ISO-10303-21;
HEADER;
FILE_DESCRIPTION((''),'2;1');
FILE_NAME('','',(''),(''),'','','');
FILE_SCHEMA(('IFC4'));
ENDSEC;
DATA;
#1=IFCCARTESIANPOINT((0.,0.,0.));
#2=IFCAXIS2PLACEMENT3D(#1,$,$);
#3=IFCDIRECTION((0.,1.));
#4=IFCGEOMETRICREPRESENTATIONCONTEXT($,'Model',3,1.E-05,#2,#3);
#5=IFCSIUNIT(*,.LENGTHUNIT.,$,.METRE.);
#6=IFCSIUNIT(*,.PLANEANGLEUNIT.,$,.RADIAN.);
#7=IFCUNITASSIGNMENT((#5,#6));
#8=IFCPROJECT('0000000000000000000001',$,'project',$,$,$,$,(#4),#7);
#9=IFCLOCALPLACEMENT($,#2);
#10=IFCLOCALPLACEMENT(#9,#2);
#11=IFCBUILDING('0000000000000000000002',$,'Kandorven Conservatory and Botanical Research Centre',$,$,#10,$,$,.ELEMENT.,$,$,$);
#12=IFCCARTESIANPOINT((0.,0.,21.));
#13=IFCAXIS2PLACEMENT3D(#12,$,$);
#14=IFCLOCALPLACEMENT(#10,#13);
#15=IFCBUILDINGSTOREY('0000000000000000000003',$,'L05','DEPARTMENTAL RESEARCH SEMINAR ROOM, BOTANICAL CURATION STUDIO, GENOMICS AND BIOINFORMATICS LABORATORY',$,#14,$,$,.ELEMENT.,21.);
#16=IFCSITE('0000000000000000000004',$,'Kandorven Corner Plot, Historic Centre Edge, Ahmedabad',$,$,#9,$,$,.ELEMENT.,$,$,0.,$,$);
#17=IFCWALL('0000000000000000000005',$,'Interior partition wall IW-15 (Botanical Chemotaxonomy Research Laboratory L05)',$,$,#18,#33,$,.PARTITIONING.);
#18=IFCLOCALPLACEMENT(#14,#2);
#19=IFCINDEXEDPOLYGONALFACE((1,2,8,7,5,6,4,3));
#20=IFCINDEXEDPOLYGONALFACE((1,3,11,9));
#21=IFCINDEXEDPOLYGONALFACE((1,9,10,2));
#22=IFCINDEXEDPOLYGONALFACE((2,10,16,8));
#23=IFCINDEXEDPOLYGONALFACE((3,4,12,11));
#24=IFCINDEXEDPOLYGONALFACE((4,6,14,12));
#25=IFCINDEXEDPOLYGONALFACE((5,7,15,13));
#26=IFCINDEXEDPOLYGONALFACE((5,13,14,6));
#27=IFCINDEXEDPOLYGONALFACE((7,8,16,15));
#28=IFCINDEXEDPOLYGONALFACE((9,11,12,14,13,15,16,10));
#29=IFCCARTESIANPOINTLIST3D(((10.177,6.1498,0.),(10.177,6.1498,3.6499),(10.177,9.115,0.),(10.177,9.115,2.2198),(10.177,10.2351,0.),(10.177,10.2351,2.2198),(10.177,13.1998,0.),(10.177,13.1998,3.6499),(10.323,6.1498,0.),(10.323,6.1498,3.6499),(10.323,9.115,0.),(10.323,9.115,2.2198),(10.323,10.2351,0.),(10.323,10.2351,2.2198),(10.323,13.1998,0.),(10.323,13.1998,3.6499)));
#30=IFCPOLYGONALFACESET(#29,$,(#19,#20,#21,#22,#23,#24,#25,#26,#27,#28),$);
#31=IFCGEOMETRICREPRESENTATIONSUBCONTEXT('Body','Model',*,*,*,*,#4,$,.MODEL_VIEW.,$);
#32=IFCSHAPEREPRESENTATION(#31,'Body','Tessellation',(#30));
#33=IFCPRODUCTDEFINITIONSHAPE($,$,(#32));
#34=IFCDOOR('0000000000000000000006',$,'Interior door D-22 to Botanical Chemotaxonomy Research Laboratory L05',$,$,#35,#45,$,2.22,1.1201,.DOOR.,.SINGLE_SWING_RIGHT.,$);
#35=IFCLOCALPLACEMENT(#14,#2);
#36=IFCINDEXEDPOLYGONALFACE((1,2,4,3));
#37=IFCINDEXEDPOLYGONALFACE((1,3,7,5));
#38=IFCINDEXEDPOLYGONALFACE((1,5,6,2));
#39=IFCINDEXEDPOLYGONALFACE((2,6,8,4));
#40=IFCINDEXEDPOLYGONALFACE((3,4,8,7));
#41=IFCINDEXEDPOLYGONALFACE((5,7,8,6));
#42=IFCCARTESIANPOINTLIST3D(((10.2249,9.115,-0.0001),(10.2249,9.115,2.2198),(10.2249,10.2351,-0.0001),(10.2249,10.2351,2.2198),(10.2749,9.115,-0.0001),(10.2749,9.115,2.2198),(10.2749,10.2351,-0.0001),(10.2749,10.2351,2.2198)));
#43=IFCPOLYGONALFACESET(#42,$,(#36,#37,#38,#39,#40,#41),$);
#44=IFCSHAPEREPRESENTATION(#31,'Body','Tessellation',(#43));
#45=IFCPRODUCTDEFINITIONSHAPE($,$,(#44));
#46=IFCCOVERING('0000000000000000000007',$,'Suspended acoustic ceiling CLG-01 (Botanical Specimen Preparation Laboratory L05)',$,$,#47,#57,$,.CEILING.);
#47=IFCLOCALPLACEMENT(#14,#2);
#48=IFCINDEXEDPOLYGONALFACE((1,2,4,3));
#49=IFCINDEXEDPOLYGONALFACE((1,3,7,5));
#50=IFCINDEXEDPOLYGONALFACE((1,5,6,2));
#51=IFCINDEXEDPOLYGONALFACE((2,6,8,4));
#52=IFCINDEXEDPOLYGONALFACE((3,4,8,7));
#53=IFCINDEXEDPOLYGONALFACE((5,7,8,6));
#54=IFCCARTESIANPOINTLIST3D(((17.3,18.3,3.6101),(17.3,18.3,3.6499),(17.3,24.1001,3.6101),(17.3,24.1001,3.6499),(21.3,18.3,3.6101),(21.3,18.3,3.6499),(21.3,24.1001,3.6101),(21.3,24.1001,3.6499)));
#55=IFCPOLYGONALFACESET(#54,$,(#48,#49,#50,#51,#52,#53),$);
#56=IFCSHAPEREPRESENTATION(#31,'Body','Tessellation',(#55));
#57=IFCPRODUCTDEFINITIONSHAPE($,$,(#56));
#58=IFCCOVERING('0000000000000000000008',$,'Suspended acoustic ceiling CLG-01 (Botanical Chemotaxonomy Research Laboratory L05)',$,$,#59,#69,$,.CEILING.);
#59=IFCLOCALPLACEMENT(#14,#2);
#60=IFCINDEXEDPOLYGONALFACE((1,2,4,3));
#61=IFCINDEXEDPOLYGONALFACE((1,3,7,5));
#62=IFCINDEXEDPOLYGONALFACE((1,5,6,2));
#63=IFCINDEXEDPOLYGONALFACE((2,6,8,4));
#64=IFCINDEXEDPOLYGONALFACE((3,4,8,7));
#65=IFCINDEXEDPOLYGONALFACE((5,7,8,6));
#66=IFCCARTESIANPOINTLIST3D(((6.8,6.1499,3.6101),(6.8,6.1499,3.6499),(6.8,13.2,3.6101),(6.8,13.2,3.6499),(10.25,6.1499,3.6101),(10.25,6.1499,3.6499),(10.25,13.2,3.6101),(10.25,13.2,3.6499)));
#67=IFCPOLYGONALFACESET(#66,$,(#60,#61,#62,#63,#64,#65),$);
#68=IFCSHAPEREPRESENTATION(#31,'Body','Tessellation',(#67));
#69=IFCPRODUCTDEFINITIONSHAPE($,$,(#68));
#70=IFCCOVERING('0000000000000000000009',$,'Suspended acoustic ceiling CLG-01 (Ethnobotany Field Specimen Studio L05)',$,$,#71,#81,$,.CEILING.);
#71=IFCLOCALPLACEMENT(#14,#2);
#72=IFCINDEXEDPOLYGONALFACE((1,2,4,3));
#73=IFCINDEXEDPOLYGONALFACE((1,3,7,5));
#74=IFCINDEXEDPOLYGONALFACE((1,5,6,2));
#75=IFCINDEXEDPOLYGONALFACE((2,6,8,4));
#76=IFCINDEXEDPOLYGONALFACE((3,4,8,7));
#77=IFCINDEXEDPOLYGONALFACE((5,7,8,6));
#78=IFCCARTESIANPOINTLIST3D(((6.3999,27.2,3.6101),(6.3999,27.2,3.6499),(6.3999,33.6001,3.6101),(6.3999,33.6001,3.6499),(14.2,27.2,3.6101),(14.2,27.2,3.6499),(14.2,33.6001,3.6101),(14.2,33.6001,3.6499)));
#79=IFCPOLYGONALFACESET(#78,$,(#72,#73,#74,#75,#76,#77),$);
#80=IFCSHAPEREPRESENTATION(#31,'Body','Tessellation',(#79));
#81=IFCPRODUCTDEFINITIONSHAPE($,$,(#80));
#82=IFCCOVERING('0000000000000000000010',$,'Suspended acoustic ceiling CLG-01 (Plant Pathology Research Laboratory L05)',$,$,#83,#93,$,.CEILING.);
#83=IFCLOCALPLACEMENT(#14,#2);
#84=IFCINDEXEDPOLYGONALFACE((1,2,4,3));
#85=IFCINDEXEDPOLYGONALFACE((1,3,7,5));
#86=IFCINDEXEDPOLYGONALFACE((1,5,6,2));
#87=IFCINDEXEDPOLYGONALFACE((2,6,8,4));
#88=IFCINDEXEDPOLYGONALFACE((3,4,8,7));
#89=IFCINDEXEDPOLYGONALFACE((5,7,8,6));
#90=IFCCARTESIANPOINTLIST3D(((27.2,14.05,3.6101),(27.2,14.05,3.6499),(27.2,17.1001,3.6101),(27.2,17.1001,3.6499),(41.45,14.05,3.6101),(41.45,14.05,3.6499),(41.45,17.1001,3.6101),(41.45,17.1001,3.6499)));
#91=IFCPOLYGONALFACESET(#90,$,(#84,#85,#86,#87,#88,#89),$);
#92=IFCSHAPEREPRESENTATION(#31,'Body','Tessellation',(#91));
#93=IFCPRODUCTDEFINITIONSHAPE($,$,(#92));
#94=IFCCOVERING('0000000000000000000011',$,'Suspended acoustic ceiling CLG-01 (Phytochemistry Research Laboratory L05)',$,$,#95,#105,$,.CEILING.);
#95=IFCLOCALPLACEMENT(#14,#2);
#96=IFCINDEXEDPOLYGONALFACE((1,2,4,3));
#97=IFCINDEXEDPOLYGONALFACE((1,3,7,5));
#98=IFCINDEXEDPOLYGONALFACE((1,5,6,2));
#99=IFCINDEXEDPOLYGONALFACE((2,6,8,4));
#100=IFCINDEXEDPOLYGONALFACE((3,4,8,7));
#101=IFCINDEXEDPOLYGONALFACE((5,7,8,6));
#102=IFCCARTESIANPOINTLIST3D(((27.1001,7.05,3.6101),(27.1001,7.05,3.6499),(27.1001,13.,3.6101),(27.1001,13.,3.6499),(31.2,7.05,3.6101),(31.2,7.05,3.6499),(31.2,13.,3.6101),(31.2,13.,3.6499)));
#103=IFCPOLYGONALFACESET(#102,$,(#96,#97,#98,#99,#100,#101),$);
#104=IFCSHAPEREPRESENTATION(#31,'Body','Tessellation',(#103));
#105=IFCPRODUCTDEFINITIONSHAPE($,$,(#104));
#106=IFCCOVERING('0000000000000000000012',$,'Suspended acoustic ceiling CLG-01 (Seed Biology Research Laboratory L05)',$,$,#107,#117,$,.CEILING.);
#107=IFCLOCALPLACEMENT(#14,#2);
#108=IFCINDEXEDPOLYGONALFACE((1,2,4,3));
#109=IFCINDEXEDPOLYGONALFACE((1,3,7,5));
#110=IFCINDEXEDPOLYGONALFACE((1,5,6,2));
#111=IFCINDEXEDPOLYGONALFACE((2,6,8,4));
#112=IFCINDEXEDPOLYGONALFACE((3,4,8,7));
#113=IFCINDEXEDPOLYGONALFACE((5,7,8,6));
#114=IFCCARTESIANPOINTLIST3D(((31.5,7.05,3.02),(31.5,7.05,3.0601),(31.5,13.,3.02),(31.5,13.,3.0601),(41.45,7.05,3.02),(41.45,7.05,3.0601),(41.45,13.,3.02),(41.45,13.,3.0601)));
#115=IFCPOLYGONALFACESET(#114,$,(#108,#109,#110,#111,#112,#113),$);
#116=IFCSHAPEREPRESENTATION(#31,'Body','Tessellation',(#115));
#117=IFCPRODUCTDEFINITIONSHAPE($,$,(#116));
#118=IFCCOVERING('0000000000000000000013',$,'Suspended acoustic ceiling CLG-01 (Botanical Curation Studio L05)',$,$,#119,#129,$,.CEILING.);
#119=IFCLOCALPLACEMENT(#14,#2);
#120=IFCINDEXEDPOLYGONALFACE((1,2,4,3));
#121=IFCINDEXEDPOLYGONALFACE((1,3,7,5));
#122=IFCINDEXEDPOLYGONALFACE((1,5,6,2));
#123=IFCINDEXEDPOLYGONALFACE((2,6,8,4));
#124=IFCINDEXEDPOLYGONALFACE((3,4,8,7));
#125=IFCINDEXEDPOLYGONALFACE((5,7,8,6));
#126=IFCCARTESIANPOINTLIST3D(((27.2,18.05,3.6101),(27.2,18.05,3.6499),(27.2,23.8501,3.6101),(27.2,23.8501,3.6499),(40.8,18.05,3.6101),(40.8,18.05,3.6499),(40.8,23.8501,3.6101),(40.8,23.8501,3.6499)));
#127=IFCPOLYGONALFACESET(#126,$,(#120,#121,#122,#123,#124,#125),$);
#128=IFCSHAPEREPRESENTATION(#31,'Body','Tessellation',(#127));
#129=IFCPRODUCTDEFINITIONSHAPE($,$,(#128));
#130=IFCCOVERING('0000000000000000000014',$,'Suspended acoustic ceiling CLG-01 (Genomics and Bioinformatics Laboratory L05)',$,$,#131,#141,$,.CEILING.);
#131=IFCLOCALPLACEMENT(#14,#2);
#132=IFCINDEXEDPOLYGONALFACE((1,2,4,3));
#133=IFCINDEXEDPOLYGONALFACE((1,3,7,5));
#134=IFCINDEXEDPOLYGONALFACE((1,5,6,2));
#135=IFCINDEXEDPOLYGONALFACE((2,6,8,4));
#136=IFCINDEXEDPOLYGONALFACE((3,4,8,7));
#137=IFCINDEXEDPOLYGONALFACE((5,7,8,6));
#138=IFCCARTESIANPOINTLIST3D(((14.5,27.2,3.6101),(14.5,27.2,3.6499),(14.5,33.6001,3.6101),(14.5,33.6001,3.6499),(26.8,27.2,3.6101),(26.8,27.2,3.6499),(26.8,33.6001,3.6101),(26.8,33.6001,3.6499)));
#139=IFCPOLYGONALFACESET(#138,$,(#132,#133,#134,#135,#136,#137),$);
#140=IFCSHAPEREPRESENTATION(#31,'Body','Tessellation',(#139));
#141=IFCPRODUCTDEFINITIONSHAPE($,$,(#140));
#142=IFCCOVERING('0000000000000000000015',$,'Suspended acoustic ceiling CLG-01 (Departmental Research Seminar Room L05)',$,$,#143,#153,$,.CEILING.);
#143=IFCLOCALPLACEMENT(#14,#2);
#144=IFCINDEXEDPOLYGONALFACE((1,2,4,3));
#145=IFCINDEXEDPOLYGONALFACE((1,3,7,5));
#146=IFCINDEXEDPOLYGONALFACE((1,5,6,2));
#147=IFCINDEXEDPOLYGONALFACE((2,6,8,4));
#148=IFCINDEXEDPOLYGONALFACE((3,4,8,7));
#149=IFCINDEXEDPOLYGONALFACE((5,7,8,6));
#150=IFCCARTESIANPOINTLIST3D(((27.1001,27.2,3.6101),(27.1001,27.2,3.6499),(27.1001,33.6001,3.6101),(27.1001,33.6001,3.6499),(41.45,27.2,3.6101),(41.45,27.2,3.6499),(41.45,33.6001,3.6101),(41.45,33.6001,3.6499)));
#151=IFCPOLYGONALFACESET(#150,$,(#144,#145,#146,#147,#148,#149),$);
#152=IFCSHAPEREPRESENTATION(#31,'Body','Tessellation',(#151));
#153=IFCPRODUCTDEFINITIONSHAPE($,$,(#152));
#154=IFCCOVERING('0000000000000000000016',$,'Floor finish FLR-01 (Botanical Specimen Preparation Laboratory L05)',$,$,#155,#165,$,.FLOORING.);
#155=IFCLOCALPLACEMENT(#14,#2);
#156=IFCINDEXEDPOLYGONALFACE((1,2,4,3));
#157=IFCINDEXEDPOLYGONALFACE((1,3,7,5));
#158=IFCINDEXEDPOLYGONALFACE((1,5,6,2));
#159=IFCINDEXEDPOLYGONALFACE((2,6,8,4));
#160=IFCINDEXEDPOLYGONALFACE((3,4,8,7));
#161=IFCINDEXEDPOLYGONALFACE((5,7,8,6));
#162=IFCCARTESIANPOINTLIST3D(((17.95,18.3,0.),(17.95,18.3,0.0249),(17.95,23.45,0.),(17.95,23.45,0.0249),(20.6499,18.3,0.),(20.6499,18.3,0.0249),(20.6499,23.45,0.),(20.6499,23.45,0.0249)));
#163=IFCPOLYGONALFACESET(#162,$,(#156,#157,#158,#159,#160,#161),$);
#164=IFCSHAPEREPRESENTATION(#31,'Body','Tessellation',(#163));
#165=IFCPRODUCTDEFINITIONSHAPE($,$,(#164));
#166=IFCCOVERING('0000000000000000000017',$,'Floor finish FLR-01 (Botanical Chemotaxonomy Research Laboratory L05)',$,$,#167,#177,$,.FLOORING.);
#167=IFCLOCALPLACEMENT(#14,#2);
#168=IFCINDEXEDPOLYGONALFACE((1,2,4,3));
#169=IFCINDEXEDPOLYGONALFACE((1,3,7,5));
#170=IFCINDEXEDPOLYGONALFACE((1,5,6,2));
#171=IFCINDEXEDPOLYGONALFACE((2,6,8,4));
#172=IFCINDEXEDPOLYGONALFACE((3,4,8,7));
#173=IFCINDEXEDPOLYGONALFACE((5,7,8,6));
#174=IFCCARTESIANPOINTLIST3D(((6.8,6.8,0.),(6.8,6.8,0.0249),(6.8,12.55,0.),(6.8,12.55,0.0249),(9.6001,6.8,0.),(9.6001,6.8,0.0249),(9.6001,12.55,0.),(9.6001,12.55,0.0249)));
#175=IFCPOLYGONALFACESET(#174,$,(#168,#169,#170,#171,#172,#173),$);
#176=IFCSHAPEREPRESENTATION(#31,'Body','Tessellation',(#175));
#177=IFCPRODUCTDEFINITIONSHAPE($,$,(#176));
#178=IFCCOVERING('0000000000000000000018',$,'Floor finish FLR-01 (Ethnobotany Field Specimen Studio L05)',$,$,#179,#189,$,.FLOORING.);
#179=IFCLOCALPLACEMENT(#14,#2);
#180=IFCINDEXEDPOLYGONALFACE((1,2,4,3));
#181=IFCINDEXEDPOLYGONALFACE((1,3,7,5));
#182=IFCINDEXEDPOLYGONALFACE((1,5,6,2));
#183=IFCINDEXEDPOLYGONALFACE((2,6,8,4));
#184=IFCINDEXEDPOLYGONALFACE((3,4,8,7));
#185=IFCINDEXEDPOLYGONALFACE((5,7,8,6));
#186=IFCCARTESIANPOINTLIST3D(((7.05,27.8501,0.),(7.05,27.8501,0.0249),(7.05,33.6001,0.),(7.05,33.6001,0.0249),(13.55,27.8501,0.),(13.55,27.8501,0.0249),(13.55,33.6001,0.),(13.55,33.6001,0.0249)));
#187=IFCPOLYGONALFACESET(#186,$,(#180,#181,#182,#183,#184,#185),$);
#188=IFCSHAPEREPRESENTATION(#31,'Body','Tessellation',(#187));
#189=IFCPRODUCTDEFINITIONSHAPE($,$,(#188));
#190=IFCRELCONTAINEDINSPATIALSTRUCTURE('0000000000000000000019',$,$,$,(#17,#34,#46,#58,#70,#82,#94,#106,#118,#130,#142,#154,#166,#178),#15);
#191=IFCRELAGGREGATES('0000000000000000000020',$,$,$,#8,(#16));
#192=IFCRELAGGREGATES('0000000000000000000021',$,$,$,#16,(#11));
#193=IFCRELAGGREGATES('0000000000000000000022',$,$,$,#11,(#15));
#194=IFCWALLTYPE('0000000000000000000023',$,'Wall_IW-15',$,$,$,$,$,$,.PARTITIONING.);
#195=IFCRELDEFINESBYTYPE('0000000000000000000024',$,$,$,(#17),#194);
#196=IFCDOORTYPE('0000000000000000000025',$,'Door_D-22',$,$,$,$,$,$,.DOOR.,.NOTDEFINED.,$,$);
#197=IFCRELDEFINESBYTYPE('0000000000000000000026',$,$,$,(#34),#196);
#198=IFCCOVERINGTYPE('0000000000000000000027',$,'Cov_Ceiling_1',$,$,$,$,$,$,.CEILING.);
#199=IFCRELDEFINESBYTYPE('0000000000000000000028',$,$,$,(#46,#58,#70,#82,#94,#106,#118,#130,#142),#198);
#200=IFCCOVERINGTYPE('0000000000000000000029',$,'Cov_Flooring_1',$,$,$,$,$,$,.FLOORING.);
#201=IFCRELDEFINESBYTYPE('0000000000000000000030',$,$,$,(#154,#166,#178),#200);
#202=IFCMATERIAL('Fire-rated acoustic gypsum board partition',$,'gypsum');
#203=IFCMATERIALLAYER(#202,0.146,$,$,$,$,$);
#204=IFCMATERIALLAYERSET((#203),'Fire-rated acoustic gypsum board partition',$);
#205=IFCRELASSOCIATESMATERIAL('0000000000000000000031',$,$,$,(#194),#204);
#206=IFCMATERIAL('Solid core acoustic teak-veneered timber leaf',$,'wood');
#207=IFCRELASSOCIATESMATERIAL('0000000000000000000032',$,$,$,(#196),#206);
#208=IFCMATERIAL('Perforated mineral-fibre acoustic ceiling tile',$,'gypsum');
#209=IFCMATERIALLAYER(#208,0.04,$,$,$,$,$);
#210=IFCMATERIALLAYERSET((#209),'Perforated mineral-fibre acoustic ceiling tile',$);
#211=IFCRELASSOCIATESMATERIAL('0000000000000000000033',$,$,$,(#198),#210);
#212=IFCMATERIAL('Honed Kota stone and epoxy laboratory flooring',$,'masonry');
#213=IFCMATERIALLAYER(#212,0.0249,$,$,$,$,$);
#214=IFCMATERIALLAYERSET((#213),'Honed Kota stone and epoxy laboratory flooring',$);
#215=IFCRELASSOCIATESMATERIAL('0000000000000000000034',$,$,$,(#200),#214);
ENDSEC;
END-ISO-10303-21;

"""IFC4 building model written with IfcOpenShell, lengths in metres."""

from ifc_helpers import new_model, si_unit, direction, frame, frame_2d, origin, place, context, subcontext, project, spatial, polyline, rectangle, outline, extrude, material, layer, layer_set, type_object, element, fill, save


model = new_model("IFC4")

# Units and contexts
model_context = context("Model", 3, precision=1e-05, world=origin(), true_north=direction((0.0, 1.0)))
body_context = subcontext(model_context, "Body", "Model", "MODEL_VIEW")
ifc_project = project(units=[si_unit("LENGTHUNIT", "METRE"), si_unit("PLANEANGLEUNIT", "RADIAN")], contexts=[model_context])

# Site, building, storey
site_placement = place(None, origin())
site = spatial("IfcSite", under=ifc_project, at=site_placement, Name="Kandorven Corner Plot, Historic Centre Edge, Ahmedabad", CompositionType="ELEMENT", RefElevation=0.0)
building_placement = place(site_placement, origin())
building = spatial("IfcBuilding", under=site, at=building_placement, Name="Kandorven Conservatory and Botanical Research Centre", CompositionType="ELEMENT")
storey_placement = place(building_placement, frame((0.0, 0.0, 21.0)))
storey = spatial("IfcBuildingStorey", under=building, at=storey_placement, Name="L05", Description="DEPARTMENTAL RESEARCH SEMINAR ROOM, BOTANICAL CURATION STUDIO, GENOMICS AND BIOINFORMATICS LABORATORY", CompositionType="ELEMENT", Elevation=21.0)

# Wall, opening, door
ifc_material_1 = material(Name="Fire-rated acoustic gypsum board partition", Category="gypsum")
ifc_layer_1 = layer(ifc_material_1, 0.146)
ifc_layer_set_1 = layer_set([ifc_layer_1], Name="Fire-rated acoustic gypsum board partition")
wall_type_1 = type_object("IfcWallType", Name="Wall_IW-15", PredefinedType="PARTITIONING", material=ifc_layer_set_1)
wall_1_placement = place(storey_placement, frame((10.25, 6.1499, 0.0), z_axis=(0.0, 0.0, 1.0), x_axis=(0.0, 1.0, 0.0)))
wall_1 = element("IfcWall", 1, at=wall_1_placement, inside=storey, type_object=wall_type_1, Name="Interior partition wall IW-15 (Botanical Chemotaxonomy Research Laboratory L05)", PredefinedType="PARTITIONING", context=body_context, shape_type="SweptSolid", body=[
    extrude(rectangle(XDim=7.05, YDim=0.146, at=frame_2d((3.5249, 0.0))), origin(), (0.0, 0.0, 1.0), 3.6499),
])
opening_1_placement = place(wall_1_placement, frame((2.9651, 0.0, 0.0)))
opening_1 = element("IfcOpeningElement", 2, at=opening_1_placement, cuts=wall_1, PredefinedType="OPENING", context=body_context, shape_type="SweptSolid", body=[
    extrude(rectangle(XDim=1.1201, YDim=2.22, at=frame_2d((0.5601, 1.1099))), frame((0.0, 0.083, 0.0), z_axis=(0.0, -1.0, 0.0), x_axis=(1.0, 0.0, 0.0)), (0.0, 0.0, 1.0), 0.166),
])
ifc_material_2 = material(Name="Solid core acoustic teak-veneered timber leaf", Category="wood")
door_type = type_object("IfcDoorType", Name="Door_D-22", OperationType="NOTDEFINED", PredefinedType="DOOR", material=ifc_material_2)
door_placement = place(opening_1_placement, frame((1.1201, 0.0, 0.0), z_axis=(0.0, 0.0, 1.0), x_axis=(-1.0, 0.0, 0.0)))
door = element("IfcDoor", 3, at=door_placement, inside=storey, type_object=door_type, Name="Interior door D-22 to Botanical Chemotaxonomy Research Laboratory L05", OperationType="SINGLE_SWING_RIGHT", OverallHeight=2.22, OverallWidth=1.1201, PredefinedType="DOOR", context=body_context, shape_type="SweptSolid", body=[
    extrude(rectangle(XDim=1.1201, YDim=2.22, at=frame_2d((0.5601, 1.1099))), frame((0.0, 0.0249, 0.0), z_axis=(0.0, -1.0, 0.0), x_axis=(1.0, 0.0, 0.0)), (0.0, 0.0, 1.0), 0.05),
])
fill(opening_1, door)

# Coverings
ifc_material_3 = material(Name="Perforated mineral-fibre acoustic ceiling tile", Category="gypsum")
ifc_layer_2 = layer(ifc_material_3, 0.04)
ifc_layer_set_2 = layer_set([ifc_layer_2], Name="Perforated mineral-fibre acoustic ceiling tile")
covering_type_1 = type_object("IfcCoveringType", Name="Cov_Ceiling_1", PredefinedType="CEILING", material=ifc_layer_set_2)
covering_1_placement = place(storey_placement, frame((0.0, 0.0, 3.6101)))
element("IfcCovering", 4, at=covering_1_placement, inside=storey, type_object=covering_type_1, Name="Suspended acoustic ceiling CLG-01 (Botanical Specimen Preparation Laboratory L05)", PredefinedType="CEILING", context=body_context, shape_type="SweptSolid", body=[
    extrude(outline(polyline([(17.3, 18.3), (21.3, 18.3), (21.3, 24.1001), (17.3, 24.1001), (17.3, 18.3)])), origin(), (0.0, 0.0, 1.0), 0.0398),
])
covering_2_placement = place(storey_placement, frame((0.0, 0.0, 3.6101)))
element("IfcCovering", 5, at=covering_2_placement, inside=storey, type_object=covering_type_1, Name="Suspended acoustic ceiling CLG-01 (Botanical Chemotaxonomy Research Laboratory L05)", PredefinedType="CEILING", context=body_context, shape_type="SweptSolid", body=[
    extrude(outline(polyline([(6.8, 6.1499), (10.25, 6.1499), (10.25, 13.2), (6.8, 13.2), (6.8, 6.1499)])), origin(), (0.0, 0.0, 1.0), 0.0398),
])
covering_3_placement = place(storey_placement, frame((0.0, 0.0, 3.6101)))
element("IfcCovering", 6, at=covering_3_placement, inside=storey, type_object=covering_type_1, Name="Suspended acoustic ceiling CLG-01 (Ethnobotany Field Specimen Studio L05)", PredefinedType="CEILING", context=body_context, shape_type="SweptSolid", body=[
    extrude(outline(polyline([(6.3999, 27.2), (14.2, 27.2), (14.2, 33.6001), (6.3999, 33.6001), (6.3999, 27.2)])), origin(), (0.0, 0.0, 1.0), 0.0398),
])
covering_4_placement = place(storey_placement, frame((0.0, 0.0, 3.6101)))
element("IfcCovering", 7, at=covering_4_placement, inside=storey, type_object=covering_type_1, Name="Suspended acoustic ceiling CLG-01 (Plant Pathology Research Laboratory L05)", PredefinedType="CEILING", context=body_context, shape_type="SweptSolid", body=[
    extrude(outline(polyline([(27.2, 14.05), (41.45, 14.05), (41.45, 17.1001), (27.2, 17.1001), (27.2, 14.05)])), origin(), (0.0, 0.0, 1.0), 0.0398),
])
covering_5_placement = place(storey_placement, frame((0.0, 0.0, 3.6101)))
element("IfcCovering", 8, at=covering_5_placement, inside=storey, type_object=covering_type_1, Name="Suspended acoustic ceiling CLG-01 (Phytochemistry Research Laboratory L05)", PredefinedType="CEILING", context=body_context, shape_type="SweptSolid", body=[
    extrude(outline(polyline([(27.1001, 7.05), (31.2, 7.05), (31.2, 13.0), (27.1001, 13.0), (27.1001, 7.05)])), origin(), (0.0, 0.0, 1.0), 0.0398),
])
covering_6_placement = place(storey_placement, frame((0.0, 0.0, 3.02)))
element("IfcCovering", 9, at=covering_6_placement, inside=storey, type_object=covering_type_1, Name="Suspended acoustic ceiling CLG-01 (Seed Biology Research Laboratory L05)", PredefinedType="CEILING", context=body_context, shape_type="SweptSolid", body=[
    extrude(outline(polyline([(31.5, 7.05), (41.45, 7.05), (41.45, 13.0), (31.5, 13.0), (31.5, 7.05)])), origin(), (0.0, 0.0, 1.0), 0.04),
])
covering_7_placement = place(storey_placement, frame((0.0, 0.0, 3.6101)))
element("IfcCovering", 10, at=covering_7_placement, inside=storey, type_object=covering_type_1, Name="Suspended acoustic ceiling CLG-01 (Botanical Curation Studio L05)", PredefinedType="CEILING", context=body_context, shape_type="SweptSolid", body=[
    extrude(outline(polyline([(27.2, 18.05), (40.8, 18.05), (40.8, 23.8501), (27.2, 23.8501), (27.2, 18.05)])), origin(), (0.0, 0.0, 1.0), 0.0398),
])
covering_8_placement = place(storey_placement, frame((0.0, 0.0, 3.6101)))
element("IfcCovering", 11, at=covering_8_placement, inside=storey, type_object=covering_type_1, Name="Suspended acoustic ceiling CLG-01 (Genomics and Bioinformatics Laboratory L05)", PredefinedType="CEILING", context=body_context, shape_type="SweptSolid", body=[
    extrude(outline(polyline([(14.5, 27.2), (26.8, 27.2), (26.8, 33.6001), (14.5, 33.6001), (14.5, 27.2)])), origin(), (0.0, 0.0, 1.0), 0.0398),
])
covering_9_placement = place(storey_placement, frame((0.0, 0.0, 3.6101)))
element("IfcCovering", 12, at=covering_9_placement, inside=storey, type_object=covering_type_1, Name="Suspended acoustic ceiling CLG-01 (Departmental Research Seminar Room L05)", PredefinedType="CEILING", context=body_context, shape_type="SweptSolid", body=[
    extrude(outline(polyline([(27.1001, 27.2), (41.45, 27.2), (41.45, 33.6001), (27.1001, 33.6001), (27.1001, 27.2)])), origin(), (0.0, 0.0, 1.0), 0.0398),
])
ifc_material_4 = material(Name="Honed Kota stone and epoxy laboratory flooring", Category="masonry")
ifc_layer_3 = layer(ifc_material_4, 0.0249)
ifc_layer_set_3 = layer_set([ifc_layer_3], Name="Honed Kota stone and epoxy laboratory flooring")
covering_type_2 = type_object("IfcCoveringType", Name="Cov_Flooring_1", PredefinedType="FLOORING", material=ifc_layer_set_3)
covering_10_placement = place(storey_placement, origin())
element("IfcCovering", 13, at=covering_10_placement, inside=storey, type_object=covering_type_2, Name="Floor finish FLR-01 (Botanical Specimen Preparation Laboratory L05)", PredefinedType="FLOORING", context=body_context, shape_type="SweptSolid", body=[
    extrude(outline(polyline([(17.95, 18.3), (20.6499, 18.3), (20.6499, 23.45), (17.95, 23.45), (17.95, 18.3)])), origin(), (0.0, 0.0, 1.0), 0.0249),
])
covering_11_placement = place(storey_placement, origin())
element("IfcCovering", 14, at=covering_11_placement, inside=storey, type_object=covering_type_2, Name="Floor finish FLR-01 (Botanical Chemotaxonomy Research Laboratory L05)", PredefinedType="FLOORING", context=body_context, shape_type="SweptSolid", body=[
    extrude(outline(polyline([(6.8, 6.8), (9.6001, 6.8), (9.6001, 12.55), (6.8, 12.55), (6.8, 6.8)])), origin(), (0.0, 0.0, 1.0), 0.0249),
])
covering_12_placement = place(storey_placement, origin())
element("IfcCovering", 15, at=covering_12_placement, inside=storey, type_object=covering_type_2, Name="Floor finish FLR-01 (Ethnobotany Field Specimen Studio L05)", PredefinedType="FLOORING", context=body_context, shape_type="SweptSolid", body=[
    extrude(outline(polyline([(7.05, 27.8501), (13.55, 27.8501), (13.55, 33.6001), (7.05, 33.6001), (7.05, 27.8501)])), origin(), (0.0, 0.0, 1.0), 0.0249),
])

save(model, "model.ifc")
